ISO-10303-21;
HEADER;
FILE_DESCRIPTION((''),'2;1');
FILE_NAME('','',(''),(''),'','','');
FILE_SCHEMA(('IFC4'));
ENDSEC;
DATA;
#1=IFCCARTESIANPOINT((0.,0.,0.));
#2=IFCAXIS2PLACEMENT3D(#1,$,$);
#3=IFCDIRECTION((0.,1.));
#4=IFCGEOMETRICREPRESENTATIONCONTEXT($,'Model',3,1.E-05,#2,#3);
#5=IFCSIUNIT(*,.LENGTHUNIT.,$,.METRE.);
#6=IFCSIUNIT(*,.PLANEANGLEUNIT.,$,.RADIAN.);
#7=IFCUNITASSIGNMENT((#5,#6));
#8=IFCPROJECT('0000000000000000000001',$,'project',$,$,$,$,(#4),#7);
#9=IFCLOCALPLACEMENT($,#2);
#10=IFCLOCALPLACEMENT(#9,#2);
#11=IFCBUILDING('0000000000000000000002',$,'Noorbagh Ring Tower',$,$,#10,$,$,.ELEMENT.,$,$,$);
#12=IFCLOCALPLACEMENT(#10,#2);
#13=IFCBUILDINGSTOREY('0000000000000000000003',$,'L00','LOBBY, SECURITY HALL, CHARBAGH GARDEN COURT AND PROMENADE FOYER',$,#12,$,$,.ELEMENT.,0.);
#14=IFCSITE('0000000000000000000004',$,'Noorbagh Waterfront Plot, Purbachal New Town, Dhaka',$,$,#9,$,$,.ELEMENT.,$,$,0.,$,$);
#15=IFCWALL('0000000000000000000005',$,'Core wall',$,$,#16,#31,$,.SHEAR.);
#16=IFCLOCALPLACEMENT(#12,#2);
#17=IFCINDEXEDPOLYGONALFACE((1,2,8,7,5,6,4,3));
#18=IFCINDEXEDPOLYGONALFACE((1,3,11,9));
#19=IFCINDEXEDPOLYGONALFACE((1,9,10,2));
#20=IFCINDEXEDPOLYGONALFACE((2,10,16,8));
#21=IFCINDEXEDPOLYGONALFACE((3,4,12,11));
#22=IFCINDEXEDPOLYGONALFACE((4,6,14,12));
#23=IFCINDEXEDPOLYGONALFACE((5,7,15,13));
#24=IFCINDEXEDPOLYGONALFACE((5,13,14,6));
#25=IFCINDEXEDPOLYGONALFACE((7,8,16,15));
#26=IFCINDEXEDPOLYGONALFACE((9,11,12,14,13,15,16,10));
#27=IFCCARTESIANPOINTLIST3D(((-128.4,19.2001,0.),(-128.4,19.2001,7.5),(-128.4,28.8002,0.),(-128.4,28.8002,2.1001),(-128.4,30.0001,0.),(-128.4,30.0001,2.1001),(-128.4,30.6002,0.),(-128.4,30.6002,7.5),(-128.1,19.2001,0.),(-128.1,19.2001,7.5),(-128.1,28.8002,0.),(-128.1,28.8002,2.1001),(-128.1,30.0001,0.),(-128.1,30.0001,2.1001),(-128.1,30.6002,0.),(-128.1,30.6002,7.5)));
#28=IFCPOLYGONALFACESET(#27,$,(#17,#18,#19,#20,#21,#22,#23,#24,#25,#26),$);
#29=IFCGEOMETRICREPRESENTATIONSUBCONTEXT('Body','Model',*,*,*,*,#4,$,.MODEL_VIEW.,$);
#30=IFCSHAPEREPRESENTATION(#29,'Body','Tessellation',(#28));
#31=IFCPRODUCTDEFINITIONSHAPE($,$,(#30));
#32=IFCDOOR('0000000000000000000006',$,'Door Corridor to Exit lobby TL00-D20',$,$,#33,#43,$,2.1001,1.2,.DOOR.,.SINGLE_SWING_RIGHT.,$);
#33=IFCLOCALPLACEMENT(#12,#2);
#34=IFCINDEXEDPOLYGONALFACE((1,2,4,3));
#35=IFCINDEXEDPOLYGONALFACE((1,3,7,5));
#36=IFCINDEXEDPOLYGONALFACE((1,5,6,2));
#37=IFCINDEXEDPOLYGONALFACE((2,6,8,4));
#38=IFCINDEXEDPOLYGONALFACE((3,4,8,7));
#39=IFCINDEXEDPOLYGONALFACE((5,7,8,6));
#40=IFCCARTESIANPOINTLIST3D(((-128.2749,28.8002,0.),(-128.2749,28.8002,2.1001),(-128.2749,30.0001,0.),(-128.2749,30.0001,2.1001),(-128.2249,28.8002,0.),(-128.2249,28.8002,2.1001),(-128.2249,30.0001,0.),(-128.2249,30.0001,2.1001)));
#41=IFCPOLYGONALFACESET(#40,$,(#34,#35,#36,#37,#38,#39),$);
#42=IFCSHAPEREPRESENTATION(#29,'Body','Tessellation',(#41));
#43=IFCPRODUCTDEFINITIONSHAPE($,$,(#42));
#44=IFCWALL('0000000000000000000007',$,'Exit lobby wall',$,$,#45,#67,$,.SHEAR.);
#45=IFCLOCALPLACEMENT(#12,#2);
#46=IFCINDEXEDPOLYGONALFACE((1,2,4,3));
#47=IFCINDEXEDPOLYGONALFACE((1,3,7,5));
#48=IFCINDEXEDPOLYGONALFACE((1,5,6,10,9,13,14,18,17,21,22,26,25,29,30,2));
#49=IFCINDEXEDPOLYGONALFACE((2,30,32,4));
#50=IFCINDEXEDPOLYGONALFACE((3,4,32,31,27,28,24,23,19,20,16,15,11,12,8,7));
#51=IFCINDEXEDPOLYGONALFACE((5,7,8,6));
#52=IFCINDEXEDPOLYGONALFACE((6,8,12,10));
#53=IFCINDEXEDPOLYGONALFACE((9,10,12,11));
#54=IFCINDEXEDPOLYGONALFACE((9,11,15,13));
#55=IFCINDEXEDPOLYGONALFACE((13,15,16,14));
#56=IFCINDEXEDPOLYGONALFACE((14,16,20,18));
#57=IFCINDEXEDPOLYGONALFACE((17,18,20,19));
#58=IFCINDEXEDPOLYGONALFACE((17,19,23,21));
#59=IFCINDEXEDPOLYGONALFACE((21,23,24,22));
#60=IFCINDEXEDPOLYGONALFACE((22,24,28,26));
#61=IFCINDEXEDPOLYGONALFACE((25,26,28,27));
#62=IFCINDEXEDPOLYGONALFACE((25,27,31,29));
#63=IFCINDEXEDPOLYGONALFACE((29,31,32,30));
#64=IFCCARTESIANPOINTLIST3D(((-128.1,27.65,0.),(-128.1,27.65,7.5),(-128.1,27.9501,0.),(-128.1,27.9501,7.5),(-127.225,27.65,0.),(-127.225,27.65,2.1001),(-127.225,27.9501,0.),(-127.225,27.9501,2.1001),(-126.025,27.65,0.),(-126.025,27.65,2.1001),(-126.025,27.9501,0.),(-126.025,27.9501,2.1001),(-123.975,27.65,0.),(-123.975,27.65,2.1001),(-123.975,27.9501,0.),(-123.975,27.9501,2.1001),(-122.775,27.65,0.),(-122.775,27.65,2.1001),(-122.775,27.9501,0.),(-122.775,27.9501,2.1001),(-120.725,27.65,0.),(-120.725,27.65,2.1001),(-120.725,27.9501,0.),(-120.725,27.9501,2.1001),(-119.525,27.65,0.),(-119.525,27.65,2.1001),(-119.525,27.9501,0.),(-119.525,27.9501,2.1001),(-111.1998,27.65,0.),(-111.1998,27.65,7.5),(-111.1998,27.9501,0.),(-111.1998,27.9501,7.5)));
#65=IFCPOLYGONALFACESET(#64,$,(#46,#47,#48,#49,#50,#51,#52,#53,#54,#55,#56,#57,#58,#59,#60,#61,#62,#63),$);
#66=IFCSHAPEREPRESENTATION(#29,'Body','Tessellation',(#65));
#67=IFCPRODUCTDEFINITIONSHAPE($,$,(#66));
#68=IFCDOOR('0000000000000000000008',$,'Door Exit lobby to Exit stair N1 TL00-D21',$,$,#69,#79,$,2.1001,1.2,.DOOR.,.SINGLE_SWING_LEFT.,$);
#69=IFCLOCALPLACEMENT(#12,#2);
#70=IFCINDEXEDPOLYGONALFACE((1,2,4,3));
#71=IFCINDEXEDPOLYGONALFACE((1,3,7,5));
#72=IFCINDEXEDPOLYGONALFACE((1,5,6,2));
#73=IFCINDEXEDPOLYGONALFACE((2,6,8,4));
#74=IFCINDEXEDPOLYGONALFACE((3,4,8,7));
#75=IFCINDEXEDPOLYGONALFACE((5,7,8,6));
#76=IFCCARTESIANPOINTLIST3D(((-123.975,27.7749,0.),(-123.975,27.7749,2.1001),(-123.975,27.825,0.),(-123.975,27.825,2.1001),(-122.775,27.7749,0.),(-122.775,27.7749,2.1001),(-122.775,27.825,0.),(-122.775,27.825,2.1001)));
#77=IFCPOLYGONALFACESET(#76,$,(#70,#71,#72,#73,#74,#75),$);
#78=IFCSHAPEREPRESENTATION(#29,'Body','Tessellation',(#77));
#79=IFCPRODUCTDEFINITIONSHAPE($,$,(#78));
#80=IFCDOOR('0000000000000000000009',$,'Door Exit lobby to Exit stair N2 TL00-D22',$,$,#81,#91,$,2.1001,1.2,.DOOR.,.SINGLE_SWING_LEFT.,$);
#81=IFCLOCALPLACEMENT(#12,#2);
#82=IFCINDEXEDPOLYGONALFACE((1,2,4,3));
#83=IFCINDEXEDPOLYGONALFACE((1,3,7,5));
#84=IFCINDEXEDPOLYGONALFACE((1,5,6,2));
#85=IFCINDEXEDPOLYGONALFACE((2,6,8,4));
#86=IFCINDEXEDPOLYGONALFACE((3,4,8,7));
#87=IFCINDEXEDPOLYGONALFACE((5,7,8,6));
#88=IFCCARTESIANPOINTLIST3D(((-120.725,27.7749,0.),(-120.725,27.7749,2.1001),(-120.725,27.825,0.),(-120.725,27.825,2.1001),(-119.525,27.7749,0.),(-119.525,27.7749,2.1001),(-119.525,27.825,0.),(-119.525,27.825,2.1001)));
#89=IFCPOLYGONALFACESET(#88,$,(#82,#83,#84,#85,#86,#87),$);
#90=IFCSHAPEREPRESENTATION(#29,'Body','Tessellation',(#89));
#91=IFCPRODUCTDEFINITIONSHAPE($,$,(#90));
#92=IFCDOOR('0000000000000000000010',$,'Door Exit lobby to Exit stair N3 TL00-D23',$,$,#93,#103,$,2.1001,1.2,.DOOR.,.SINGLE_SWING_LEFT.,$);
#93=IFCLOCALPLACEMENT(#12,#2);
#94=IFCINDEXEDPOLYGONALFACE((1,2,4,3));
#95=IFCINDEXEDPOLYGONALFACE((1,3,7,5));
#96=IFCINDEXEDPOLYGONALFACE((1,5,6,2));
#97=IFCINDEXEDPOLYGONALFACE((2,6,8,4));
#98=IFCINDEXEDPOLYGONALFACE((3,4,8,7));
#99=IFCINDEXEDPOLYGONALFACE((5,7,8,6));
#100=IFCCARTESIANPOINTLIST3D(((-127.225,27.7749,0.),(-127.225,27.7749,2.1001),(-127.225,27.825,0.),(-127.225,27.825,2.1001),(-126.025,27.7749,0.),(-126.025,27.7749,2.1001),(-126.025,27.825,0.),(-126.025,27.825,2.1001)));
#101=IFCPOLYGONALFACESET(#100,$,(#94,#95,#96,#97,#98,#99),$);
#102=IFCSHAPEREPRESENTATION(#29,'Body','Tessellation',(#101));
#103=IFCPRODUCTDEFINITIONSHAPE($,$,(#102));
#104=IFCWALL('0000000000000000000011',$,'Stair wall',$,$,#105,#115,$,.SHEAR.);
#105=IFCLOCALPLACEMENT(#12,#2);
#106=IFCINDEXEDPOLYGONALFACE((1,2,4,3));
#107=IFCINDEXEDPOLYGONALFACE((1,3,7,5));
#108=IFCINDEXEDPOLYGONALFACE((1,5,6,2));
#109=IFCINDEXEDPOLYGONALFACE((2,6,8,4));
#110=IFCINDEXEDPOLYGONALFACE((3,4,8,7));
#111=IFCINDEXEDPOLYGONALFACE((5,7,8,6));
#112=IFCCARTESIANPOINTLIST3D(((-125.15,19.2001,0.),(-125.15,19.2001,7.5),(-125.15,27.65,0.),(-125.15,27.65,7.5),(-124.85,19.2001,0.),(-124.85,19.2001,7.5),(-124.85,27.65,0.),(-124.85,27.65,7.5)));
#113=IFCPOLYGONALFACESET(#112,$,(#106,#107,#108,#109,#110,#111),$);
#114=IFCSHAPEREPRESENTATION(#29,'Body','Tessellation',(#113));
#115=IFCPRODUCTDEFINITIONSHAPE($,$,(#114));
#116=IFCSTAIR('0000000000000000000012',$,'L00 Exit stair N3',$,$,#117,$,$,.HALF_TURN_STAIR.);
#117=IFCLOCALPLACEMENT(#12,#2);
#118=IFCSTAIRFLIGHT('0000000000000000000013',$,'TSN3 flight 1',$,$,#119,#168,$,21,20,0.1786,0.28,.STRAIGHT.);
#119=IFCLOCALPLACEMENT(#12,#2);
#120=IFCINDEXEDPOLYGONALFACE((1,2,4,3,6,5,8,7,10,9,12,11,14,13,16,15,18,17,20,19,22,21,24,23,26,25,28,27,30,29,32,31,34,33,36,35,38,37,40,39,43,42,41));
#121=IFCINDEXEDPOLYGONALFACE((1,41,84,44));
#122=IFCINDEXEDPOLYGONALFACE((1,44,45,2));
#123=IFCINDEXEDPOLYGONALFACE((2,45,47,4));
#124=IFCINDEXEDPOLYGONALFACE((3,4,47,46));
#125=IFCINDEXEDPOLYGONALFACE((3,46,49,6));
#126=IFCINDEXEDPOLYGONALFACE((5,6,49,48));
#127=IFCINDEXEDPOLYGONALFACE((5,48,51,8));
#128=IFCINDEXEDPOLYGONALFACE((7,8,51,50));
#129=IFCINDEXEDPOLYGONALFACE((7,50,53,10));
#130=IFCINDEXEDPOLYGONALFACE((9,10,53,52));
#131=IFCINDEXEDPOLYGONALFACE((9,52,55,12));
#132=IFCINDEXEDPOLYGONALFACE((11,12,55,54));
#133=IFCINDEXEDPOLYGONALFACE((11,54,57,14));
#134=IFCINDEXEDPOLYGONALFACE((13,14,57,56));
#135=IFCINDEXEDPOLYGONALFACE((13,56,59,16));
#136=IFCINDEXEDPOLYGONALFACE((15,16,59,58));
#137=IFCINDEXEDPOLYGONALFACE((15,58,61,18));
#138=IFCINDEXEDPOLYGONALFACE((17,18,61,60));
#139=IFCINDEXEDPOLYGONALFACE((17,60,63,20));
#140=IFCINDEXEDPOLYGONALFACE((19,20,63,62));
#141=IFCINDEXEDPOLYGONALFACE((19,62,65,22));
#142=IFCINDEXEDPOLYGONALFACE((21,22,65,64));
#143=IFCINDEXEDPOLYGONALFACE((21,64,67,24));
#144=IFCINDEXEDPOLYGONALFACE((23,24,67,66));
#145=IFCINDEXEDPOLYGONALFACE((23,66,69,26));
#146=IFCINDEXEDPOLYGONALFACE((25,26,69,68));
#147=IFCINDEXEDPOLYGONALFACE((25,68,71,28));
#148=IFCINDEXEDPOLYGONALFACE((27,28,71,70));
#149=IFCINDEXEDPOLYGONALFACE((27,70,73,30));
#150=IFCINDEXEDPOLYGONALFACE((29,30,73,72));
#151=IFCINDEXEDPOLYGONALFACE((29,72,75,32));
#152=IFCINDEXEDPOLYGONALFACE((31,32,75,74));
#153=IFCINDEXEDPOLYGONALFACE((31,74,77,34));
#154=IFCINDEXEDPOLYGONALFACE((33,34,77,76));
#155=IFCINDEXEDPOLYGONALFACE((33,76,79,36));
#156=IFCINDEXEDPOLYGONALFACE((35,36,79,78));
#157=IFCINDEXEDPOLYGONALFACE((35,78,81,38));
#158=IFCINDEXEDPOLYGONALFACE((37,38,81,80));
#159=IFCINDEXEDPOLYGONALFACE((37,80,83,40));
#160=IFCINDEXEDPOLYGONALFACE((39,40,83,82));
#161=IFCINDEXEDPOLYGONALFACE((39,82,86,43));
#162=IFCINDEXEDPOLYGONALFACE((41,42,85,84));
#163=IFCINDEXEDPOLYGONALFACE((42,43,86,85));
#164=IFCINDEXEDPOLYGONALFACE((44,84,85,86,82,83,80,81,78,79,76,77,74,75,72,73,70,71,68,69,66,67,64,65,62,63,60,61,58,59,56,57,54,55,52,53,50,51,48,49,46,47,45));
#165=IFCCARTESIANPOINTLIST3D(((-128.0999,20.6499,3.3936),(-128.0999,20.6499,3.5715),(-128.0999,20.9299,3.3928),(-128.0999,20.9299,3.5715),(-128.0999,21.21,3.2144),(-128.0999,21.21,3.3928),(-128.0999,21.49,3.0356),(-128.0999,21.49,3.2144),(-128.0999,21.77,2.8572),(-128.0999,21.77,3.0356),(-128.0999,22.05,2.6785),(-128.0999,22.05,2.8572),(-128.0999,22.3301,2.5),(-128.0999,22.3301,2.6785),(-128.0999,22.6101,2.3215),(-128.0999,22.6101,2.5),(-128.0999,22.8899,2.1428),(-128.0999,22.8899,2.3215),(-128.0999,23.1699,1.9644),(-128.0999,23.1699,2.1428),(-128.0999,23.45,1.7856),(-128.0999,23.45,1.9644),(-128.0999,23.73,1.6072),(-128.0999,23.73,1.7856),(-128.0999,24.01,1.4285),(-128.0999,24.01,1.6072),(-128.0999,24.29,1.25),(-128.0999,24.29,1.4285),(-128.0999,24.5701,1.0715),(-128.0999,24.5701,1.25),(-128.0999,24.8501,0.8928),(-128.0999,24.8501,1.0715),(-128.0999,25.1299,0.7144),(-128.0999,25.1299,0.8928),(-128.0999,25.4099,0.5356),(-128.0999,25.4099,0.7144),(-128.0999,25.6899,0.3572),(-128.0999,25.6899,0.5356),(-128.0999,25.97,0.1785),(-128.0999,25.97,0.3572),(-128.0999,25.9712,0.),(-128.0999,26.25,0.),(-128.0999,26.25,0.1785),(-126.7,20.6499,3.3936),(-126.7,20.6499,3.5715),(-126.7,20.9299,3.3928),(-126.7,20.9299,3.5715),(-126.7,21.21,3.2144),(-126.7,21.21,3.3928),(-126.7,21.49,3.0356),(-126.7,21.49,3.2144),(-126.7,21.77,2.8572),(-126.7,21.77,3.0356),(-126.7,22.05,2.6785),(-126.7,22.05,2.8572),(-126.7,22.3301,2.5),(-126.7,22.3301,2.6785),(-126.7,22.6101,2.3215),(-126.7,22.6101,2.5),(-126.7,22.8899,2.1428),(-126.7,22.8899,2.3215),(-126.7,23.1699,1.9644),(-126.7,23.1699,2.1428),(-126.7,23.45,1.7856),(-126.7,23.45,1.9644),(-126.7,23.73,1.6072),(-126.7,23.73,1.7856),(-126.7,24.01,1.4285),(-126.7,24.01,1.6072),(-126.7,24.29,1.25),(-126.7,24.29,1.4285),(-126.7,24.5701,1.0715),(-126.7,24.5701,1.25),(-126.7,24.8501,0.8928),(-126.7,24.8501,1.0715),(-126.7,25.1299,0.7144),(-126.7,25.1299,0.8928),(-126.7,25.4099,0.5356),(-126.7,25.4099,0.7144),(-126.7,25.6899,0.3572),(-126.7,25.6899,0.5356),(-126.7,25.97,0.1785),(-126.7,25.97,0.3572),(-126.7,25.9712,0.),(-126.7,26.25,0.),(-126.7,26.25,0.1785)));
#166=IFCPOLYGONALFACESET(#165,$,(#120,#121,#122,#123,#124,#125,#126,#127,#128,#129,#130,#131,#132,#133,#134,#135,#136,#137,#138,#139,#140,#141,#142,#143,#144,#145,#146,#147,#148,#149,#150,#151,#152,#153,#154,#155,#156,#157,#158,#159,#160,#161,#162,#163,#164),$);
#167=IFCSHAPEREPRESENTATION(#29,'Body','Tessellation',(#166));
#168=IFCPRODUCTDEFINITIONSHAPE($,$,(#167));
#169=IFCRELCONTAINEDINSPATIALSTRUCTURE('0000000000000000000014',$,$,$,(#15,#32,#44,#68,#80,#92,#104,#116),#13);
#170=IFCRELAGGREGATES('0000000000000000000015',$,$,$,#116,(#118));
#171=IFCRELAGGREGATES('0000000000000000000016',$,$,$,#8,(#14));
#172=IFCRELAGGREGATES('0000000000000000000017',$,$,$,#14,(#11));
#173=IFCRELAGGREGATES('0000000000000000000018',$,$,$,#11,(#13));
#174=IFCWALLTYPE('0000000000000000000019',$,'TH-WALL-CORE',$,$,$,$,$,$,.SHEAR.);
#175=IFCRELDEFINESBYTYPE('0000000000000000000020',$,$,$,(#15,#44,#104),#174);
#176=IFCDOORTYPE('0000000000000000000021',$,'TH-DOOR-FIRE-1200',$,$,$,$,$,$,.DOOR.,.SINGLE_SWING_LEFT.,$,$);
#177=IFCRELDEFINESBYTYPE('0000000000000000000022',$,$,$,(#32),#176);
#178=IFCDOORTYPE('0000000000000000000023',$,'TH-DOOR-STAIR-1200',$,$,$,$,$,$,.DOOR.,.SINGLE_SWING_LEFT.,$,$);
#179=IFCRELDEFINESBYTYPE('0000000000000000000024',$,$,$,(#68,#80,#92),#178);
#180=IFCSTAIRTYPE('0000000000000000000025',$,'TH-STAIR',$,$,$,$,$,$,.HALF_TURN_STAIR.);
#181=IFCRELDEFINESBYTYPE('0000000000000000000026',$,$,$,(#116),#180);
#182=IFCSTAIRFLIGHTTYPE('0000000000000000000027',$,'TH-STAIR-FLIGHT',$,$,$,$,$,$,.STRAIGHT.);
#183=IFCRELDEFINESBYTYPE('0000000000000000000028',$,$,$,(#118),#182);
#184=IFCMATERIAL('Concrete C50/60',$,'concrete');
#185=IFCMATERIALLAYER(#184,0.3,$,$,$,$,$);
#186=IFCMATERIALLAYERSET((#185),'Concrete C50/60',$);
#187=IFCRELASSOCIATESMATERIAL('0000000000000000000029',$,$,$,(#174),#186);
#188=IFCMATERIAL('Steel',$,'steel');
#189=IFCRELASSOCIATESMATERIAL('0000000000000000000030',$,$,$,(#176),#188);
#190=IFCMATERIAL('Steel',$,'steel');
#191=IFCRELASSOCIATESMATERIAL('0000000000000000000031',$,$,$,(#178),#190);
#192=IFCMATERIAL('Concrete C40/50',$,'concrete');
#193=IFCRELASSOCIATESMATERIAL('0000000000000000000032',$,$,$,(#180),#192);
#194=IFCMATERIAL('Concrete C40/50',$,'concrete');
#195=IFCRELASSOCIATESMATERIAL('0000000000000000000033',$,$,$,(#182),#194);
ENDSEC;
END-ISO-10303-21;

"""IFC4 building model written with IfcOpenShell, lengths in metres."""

from ifc_helpers import new_model, si_unit, direction, frame, frame_2d, origin, place, context, subcontext, project, spatial, polyline, rectangle, outline, extrude, material, layer, layer_set, type_object, element, fill, aggregate, save


model = new_model("IFC4")

# Units and contexts
model_context = context("Model", 3, precision=1e-05, world=origin(), true_north=direction((0.0, 1.0)))
body_context = subcontext(model_context, "Body", "Model", "MODEL_VIEW")
ifc_project = project(units=[si_unit("LENGTHUNIT", "METRE"), si_unit("PLANEANGLEUNIT", "RADIAN")], contexts=[model_context])

# Site, building, storey
site_placement = place(None, origin())
site = spatial("IfcSite", under=ifc_project, at=site_placement, Name="Noorbagh Waterfront Plot, Purbachal New Town, Dhaka", CompositionType="ELEMENT", RefElevation=0.0)
building_placement = place(site_placement, origin())
building = spatial("IfcBuilding", under=site, at=building_placement, Name="Noorbagh Ring Tower", CompositionType="ELEMENT")
storey_placement = place(building_placement, origin())
storey = spatial("IfcBuildingStorey", under=building, at=storey_placement, Name="L00", Description="LOBBY, SECURITY HALL, CHARBAGH GARDEN COURT AND PROMENADE FOYER", CompositionType="ELEMENT", Elevation=0.0)

# Wall, opening, door
ifc_material_1 = material(Name="Concrete C50/60", Category="concrete")
ifc_layer = layer(ifc_material_1, 0.3)
ifc_layer_set = layer_set([ifc_layer], Name="Concrete C50/60")
wall_type = type_object("IfcWallType", Name="TH-WALL-CORE", PredefinedType="SHEAR", material=ifc_layer_set)
wall_1_placement = place(storey_placement, frame((-128.25, 19.2, 0.0), z_axis=(0.0, 0.0, 1.0), x_axis=(0.0, 1.0, 0.0)))
wall_1 = element("IfcWall", 1, at=wall_1_placement, inside=storey, type_object=wall_type, Name="Core wall", PredefinedType="SHEAR", context=body_context, shape_type="SweptSolid", body=[
    extrude(rectangle(XDim=11.4001, YDim=0.3, at=frame_2d((5.7002, 0.0))), origin(), (0.0, 0.0, 1.0), 7.5),
])
opening_1_placement = place(wall_1_placement, frame((9.6001, 0.0, 0.0)))
opening_1 = element("IfcOpeningElement", 2, at=opening_1_placement, cuts=wall_1, PredefinedType="OPENING", context=body_context, shape_type="SweptSolid", body=[
    extrude(rectangle(XDim=1.2, YDim=2.1001, at=frame_2d((0.6001, 1.05))), frame((0.0, 0.1602, 0.0), z_axis=(0.0, -1.0, 0.0), x_axis=(1.0, 0.0, 0.0)), (0.0, 0.0, 1.0), 0.3201),
])
ifc_material_2 = material(Name="Steel", Category="steel")
door_type_1 = type_object("IfcDoorType", Name="TH-DOOR-FIRE-1200", OperationType="SINGLE_SWING_LEFT", PredefinedType="DOOR", material=ifc_material_2)
door_1_placement = place(opening_1_placement, origin())
door_1 = element("IfcDoor", 3, at=door_1_placement, inside=storey, type_object=door_type_1, Name="Door Corridor to Exit lobby TL00-D20", OperationType="SINGLE_SWING_RIGHT", OverallHeight=2.1001, OverallWidth=1.2, PredefinedType="DOOR", context=body_context, shape_type="SweptSolid", body=[
    extrude(rectangle(XDim=1.2, YDim=2.1001, at=frame_2d((0.6001, 1.05))), frame((0.0, 0.0249, 0.0), z_axis=(0.0, -1.0, 0.0), x_axis=(1.0, 0.0, 0.0)), (0.0, 0.0, 1.0), 0.05),
])
fill(opening_1, door_1)

# Wall, openings, doors
wall_2_placement = place(storey_placement, frame((-128.1001, 27.8, 0.0), z_axis=(0.0, 0.0, 1.0), x_axis=(1.0, 0.0, 0.0)))
wall_2 = element("IfcWall", 4, at=wall_2_placement, inside=storey, type_object=wall_type, Name="Exit lobby wall", PredefinedType="SHEAR", context=body_context, shape_type="SweptSolid", body=[
    extrude(rectangle(XDim=16.9001, YDim=0.3, at=frame_2d((8.4502, 0.0))), origin(), (0.0, 0.0, 1.0), 7.5),
])
opening_2_placement = place(wall_2_placement, frame((4.125, 0.0, 0.0)))
opening_2 = element("IfcOpeningElement", 5, at=opening_2_placement, cuts=wall_2, PredefinedType="OPENING", context=body_context, shape_type="SweptSolid", body=[
    extrude(rectangle(XDim=1.2, YDim=2.1001, at=frame_2d((0.6001, 1.05))), frame((0.0, 0.1602, 0.0), z_axis=(0.0, -1.0, 0.0), x_axis=(1.0, 0.0, 0.0)), (0.0, 0.0, 1.0), 0.3201),
])
opening_3_placement = place(wall_2_placement, frame((7.375, 0.0, 0.0)))
opening_3 = element("IfcOpeningElement", 6, at=opening_3_placement, cuts=wall_2, PredefinedType="OPENING", context=body_context, shape_type="SweptSolid", body=[
    extrude(rectangle(XDim=1.2, YDim=2.1001, at=frame_2d((0.6001, 1.05))), frame((0.0, 0.1602, 0.0), z_axis=(0.0, -1.0, 0.0), x_axis=(1.0, 0.0, 0.0)), (0.0, 0.0, 1.0), 0.3201),
])
opening_4_placement = place(wall_2_placement, frame((0.875, 0.0, 0.0)))
opening_4 = element("IfcOpeningElement", 7, at=opening_4_placement, cuts=wall_2, PredefinedType="OPENING", context=body_context, shape_type="SweptSolid", body=[
    extrude(rectangle(XDim=1.2, YDim=2.1001, at=frame_2d((0.6001, 1.05))), frame((0.0, 0.1602, 0.0), z_axis=(0.0, -1.0, 0.0), x_axis=(1.0, 0.0, 0.0)), (0.0, 0.0, 1.0), 0.3201),
])
ifc_material_3 = material(Name="Steel", Category="steel")
door_type_2 = type_object("IfcDoorType", Name="TH-DOOR-STAIR-1200", OperationType="SINGLE_SWING_LEFT", PredefinedType="DOOR", material=ifc_material_3)
door_2_placement = place(opening_2_placement, origin())
door_2 = element("IfcDoor", 8, at=door_2_placement, inside=storey, type_object=door_type_2, Name="Door Exit lobby to Exit stair N1 TL00-D21", OperationType="SINGLE_SWING_LEFT", OverallHeight=2.1001, OverallWidth=1.2, PredefinedType="DOOR", context=body_context, shape_type="SweptSolid", body=[
    extrude(rectangle(XDim=1.2, YDim=2.1001, at=frame_2d((0.6001, 1.05))), frame((0.0, 0.0249, 0.0), z_axis=(0.0, -1.0, 0.0), x_axis=(1.0, 0.0, 0.0)), (0.0, 0.0, 1.0), 0.05),
])
fill(opening_2, door_2)
door_3_placement = place(opening_3_placement, origin())
door_3 = element("IfcDoor", 9, at=door_3_placement, inside=storey, type_object=door_type_2, Name="Door Exit lobby to Exit stair N2 TL00-D22", OperationType="SINGLE_SWING_LEFT", OverallHeight=2.1001, OverallWidth=1.2, PredefinedType="DOOR", context=body_context, shape_type="SweptSolid", body=[
    extrude(rectangle(XDim=1.2, YDim=2.1001, at=frame_2d((0.6001, 1.05))), frame((0.0, 0.0249, 0.0), z_axis=(0.0, -1.0, 0.0), x_axis=(1.0, 0.0, 0.0)), (0.0, 0.0, 1.0), 0.05),
])
fill(opening_3, door_3)
door_4_placement = place(opening_4_placement, origin())
door_4 = element("IfcDoor", 10, at=door_4_placement, inside=storey, type_object=door_type_2, Name="Door Exit lobby to Exit stair N3 TL00-D23", OperationType="SINGLE_SWING_LEFT", OverallHeight=2.1001, OverallWidth=1.2, PredefinedType="DOOR", context=body_context, shape_type="SweptSolid", body=[
    extrude(rectangle(XDim=1.2, YDim=2.1001, at=frame_2d((0.6001, 1.05))), frame((0.0, 0.0249, 0.0), z_axis=(0.0, -1.0, 0.0), x_axis=(1.0, 0.0, 0.0)), (0.0, 0.0, 1.0), 0.05),
])
fill(opening_4, door_4)

# Wall
wall_3_placement = place(storey_placement, frame((-125.0, 19.2, 0.0), z_axis=(0.0, 0.0, 1.0), x_axis=(0.0, 1.0, 0.0)))
element("IfcWall", 11, at=wall_3_placement, inside=storey, type_object=wall_type, Name="Stair wall", PredefinedType="SHEAR", context=body_context, shape_type="SweptSolid", body=[
    extrude(rectangle(XDim=8.45, YDim=0.3, at=frame_2d((4.2251, 0.0))), origin(), (0.0, 0.0, 1.0), 7.5),
])

# Stair, stair flight
ifc_material_4 = material(Name="Concrete C40/50", Category="concrete")
stair_type = type_object("IfcStairType", Name="TH-STAIR", PredefinedType="HALF_TURN_STAIR", material=ifc_material_4)
stair_placement = place(storey_placement, origin())
stair = element("IfcStair", 12, at=stair_placement, inside=storey, type_object=stair_type, Name="L00 Exit stair N3", PredefinedType="HALF_TURN_STAIR")
ifc_material_5 = material(Name="Concrete C40/50", Category="concrete")
stair_flight_type = type_object("IfcStairFlightType", Name="TH-STAIR-FLIGHT", PredefinedType="STRAIGHT", material=ifc_material_5)
stair_flight_1_placement = place(storey_placement, frame((-127.3999, 26.25, 0.0), z_axis=(0.0, 0.0, 1.0), x_axis=(0.0, -1.0, 0.0)))
stair_flight_1 = element("IfcStairFlight", 13, at=stair_flight_1_placement, type_object=stair_flight_type, Name="TSN3 flight 1", NumberOfRisers=21, NumberOfTreads=20, PredefinedType="STRAIGHT", RiserHeight=0.1786, TreadLength=0.28, context=body_context, shape_type="SweptSolid", body=[
    extrude(outline(polyline([(0.0, 0.0), (0.0, 0.1785), (0.28, 0.1785), (0.28, 0.3572), (0.5601, 0.3572), (0.5601, 0.5356), (0.8401, 0.5356), (0.8401, 0.7144), (1.1201, 0.7144), (1.1201, 0.8928), (1.3999, 0.8928), (1.3999, 1.0715), (1.6799, 1.0715), (1.6799, 1.25), (1.96, 1.25), (1.96, 1.4285), (2.24, 1.4285), (2.24, 1.6072), (2.52, 1.6072), (2.52, 1.7856), (2.8, 1.7856), (2.8, 1.9644), (3.0801, 1.9644), (3.0801, 2.1428), (3.3601, 2.1428), (3.3601, 2.3215), (3.6399, 2.3215), (3.6399, 2.5), (3.9199, 2.5), (3.9199, 2.6785), (4.2, 2.6785), (4.2, 2.8572), (4.48, 2.8572), (4.48, 3.0356), (4.76, 3.0356), (4.76, 3.2144), (5.04, 3.2144), (5.04, 3.3928), (5.3201, 3.3928), (5.3201, 3.5715), (5.6001, 3.5715), (5.6001, 3.75), (5.6001, 3.3936), (0.2788, 0.0), (0.0, 0.0)])), frame((0.0, 0.7, 0.0), z_axis=(0.0, -1.0, 0.0), x_axis=(1.0, 0.0, 0.0)), (0.0, 0.0, 1.0), 1.3999),
])
aggregate(stair, [stair_flight_1])

save(model, "model.ifc")
